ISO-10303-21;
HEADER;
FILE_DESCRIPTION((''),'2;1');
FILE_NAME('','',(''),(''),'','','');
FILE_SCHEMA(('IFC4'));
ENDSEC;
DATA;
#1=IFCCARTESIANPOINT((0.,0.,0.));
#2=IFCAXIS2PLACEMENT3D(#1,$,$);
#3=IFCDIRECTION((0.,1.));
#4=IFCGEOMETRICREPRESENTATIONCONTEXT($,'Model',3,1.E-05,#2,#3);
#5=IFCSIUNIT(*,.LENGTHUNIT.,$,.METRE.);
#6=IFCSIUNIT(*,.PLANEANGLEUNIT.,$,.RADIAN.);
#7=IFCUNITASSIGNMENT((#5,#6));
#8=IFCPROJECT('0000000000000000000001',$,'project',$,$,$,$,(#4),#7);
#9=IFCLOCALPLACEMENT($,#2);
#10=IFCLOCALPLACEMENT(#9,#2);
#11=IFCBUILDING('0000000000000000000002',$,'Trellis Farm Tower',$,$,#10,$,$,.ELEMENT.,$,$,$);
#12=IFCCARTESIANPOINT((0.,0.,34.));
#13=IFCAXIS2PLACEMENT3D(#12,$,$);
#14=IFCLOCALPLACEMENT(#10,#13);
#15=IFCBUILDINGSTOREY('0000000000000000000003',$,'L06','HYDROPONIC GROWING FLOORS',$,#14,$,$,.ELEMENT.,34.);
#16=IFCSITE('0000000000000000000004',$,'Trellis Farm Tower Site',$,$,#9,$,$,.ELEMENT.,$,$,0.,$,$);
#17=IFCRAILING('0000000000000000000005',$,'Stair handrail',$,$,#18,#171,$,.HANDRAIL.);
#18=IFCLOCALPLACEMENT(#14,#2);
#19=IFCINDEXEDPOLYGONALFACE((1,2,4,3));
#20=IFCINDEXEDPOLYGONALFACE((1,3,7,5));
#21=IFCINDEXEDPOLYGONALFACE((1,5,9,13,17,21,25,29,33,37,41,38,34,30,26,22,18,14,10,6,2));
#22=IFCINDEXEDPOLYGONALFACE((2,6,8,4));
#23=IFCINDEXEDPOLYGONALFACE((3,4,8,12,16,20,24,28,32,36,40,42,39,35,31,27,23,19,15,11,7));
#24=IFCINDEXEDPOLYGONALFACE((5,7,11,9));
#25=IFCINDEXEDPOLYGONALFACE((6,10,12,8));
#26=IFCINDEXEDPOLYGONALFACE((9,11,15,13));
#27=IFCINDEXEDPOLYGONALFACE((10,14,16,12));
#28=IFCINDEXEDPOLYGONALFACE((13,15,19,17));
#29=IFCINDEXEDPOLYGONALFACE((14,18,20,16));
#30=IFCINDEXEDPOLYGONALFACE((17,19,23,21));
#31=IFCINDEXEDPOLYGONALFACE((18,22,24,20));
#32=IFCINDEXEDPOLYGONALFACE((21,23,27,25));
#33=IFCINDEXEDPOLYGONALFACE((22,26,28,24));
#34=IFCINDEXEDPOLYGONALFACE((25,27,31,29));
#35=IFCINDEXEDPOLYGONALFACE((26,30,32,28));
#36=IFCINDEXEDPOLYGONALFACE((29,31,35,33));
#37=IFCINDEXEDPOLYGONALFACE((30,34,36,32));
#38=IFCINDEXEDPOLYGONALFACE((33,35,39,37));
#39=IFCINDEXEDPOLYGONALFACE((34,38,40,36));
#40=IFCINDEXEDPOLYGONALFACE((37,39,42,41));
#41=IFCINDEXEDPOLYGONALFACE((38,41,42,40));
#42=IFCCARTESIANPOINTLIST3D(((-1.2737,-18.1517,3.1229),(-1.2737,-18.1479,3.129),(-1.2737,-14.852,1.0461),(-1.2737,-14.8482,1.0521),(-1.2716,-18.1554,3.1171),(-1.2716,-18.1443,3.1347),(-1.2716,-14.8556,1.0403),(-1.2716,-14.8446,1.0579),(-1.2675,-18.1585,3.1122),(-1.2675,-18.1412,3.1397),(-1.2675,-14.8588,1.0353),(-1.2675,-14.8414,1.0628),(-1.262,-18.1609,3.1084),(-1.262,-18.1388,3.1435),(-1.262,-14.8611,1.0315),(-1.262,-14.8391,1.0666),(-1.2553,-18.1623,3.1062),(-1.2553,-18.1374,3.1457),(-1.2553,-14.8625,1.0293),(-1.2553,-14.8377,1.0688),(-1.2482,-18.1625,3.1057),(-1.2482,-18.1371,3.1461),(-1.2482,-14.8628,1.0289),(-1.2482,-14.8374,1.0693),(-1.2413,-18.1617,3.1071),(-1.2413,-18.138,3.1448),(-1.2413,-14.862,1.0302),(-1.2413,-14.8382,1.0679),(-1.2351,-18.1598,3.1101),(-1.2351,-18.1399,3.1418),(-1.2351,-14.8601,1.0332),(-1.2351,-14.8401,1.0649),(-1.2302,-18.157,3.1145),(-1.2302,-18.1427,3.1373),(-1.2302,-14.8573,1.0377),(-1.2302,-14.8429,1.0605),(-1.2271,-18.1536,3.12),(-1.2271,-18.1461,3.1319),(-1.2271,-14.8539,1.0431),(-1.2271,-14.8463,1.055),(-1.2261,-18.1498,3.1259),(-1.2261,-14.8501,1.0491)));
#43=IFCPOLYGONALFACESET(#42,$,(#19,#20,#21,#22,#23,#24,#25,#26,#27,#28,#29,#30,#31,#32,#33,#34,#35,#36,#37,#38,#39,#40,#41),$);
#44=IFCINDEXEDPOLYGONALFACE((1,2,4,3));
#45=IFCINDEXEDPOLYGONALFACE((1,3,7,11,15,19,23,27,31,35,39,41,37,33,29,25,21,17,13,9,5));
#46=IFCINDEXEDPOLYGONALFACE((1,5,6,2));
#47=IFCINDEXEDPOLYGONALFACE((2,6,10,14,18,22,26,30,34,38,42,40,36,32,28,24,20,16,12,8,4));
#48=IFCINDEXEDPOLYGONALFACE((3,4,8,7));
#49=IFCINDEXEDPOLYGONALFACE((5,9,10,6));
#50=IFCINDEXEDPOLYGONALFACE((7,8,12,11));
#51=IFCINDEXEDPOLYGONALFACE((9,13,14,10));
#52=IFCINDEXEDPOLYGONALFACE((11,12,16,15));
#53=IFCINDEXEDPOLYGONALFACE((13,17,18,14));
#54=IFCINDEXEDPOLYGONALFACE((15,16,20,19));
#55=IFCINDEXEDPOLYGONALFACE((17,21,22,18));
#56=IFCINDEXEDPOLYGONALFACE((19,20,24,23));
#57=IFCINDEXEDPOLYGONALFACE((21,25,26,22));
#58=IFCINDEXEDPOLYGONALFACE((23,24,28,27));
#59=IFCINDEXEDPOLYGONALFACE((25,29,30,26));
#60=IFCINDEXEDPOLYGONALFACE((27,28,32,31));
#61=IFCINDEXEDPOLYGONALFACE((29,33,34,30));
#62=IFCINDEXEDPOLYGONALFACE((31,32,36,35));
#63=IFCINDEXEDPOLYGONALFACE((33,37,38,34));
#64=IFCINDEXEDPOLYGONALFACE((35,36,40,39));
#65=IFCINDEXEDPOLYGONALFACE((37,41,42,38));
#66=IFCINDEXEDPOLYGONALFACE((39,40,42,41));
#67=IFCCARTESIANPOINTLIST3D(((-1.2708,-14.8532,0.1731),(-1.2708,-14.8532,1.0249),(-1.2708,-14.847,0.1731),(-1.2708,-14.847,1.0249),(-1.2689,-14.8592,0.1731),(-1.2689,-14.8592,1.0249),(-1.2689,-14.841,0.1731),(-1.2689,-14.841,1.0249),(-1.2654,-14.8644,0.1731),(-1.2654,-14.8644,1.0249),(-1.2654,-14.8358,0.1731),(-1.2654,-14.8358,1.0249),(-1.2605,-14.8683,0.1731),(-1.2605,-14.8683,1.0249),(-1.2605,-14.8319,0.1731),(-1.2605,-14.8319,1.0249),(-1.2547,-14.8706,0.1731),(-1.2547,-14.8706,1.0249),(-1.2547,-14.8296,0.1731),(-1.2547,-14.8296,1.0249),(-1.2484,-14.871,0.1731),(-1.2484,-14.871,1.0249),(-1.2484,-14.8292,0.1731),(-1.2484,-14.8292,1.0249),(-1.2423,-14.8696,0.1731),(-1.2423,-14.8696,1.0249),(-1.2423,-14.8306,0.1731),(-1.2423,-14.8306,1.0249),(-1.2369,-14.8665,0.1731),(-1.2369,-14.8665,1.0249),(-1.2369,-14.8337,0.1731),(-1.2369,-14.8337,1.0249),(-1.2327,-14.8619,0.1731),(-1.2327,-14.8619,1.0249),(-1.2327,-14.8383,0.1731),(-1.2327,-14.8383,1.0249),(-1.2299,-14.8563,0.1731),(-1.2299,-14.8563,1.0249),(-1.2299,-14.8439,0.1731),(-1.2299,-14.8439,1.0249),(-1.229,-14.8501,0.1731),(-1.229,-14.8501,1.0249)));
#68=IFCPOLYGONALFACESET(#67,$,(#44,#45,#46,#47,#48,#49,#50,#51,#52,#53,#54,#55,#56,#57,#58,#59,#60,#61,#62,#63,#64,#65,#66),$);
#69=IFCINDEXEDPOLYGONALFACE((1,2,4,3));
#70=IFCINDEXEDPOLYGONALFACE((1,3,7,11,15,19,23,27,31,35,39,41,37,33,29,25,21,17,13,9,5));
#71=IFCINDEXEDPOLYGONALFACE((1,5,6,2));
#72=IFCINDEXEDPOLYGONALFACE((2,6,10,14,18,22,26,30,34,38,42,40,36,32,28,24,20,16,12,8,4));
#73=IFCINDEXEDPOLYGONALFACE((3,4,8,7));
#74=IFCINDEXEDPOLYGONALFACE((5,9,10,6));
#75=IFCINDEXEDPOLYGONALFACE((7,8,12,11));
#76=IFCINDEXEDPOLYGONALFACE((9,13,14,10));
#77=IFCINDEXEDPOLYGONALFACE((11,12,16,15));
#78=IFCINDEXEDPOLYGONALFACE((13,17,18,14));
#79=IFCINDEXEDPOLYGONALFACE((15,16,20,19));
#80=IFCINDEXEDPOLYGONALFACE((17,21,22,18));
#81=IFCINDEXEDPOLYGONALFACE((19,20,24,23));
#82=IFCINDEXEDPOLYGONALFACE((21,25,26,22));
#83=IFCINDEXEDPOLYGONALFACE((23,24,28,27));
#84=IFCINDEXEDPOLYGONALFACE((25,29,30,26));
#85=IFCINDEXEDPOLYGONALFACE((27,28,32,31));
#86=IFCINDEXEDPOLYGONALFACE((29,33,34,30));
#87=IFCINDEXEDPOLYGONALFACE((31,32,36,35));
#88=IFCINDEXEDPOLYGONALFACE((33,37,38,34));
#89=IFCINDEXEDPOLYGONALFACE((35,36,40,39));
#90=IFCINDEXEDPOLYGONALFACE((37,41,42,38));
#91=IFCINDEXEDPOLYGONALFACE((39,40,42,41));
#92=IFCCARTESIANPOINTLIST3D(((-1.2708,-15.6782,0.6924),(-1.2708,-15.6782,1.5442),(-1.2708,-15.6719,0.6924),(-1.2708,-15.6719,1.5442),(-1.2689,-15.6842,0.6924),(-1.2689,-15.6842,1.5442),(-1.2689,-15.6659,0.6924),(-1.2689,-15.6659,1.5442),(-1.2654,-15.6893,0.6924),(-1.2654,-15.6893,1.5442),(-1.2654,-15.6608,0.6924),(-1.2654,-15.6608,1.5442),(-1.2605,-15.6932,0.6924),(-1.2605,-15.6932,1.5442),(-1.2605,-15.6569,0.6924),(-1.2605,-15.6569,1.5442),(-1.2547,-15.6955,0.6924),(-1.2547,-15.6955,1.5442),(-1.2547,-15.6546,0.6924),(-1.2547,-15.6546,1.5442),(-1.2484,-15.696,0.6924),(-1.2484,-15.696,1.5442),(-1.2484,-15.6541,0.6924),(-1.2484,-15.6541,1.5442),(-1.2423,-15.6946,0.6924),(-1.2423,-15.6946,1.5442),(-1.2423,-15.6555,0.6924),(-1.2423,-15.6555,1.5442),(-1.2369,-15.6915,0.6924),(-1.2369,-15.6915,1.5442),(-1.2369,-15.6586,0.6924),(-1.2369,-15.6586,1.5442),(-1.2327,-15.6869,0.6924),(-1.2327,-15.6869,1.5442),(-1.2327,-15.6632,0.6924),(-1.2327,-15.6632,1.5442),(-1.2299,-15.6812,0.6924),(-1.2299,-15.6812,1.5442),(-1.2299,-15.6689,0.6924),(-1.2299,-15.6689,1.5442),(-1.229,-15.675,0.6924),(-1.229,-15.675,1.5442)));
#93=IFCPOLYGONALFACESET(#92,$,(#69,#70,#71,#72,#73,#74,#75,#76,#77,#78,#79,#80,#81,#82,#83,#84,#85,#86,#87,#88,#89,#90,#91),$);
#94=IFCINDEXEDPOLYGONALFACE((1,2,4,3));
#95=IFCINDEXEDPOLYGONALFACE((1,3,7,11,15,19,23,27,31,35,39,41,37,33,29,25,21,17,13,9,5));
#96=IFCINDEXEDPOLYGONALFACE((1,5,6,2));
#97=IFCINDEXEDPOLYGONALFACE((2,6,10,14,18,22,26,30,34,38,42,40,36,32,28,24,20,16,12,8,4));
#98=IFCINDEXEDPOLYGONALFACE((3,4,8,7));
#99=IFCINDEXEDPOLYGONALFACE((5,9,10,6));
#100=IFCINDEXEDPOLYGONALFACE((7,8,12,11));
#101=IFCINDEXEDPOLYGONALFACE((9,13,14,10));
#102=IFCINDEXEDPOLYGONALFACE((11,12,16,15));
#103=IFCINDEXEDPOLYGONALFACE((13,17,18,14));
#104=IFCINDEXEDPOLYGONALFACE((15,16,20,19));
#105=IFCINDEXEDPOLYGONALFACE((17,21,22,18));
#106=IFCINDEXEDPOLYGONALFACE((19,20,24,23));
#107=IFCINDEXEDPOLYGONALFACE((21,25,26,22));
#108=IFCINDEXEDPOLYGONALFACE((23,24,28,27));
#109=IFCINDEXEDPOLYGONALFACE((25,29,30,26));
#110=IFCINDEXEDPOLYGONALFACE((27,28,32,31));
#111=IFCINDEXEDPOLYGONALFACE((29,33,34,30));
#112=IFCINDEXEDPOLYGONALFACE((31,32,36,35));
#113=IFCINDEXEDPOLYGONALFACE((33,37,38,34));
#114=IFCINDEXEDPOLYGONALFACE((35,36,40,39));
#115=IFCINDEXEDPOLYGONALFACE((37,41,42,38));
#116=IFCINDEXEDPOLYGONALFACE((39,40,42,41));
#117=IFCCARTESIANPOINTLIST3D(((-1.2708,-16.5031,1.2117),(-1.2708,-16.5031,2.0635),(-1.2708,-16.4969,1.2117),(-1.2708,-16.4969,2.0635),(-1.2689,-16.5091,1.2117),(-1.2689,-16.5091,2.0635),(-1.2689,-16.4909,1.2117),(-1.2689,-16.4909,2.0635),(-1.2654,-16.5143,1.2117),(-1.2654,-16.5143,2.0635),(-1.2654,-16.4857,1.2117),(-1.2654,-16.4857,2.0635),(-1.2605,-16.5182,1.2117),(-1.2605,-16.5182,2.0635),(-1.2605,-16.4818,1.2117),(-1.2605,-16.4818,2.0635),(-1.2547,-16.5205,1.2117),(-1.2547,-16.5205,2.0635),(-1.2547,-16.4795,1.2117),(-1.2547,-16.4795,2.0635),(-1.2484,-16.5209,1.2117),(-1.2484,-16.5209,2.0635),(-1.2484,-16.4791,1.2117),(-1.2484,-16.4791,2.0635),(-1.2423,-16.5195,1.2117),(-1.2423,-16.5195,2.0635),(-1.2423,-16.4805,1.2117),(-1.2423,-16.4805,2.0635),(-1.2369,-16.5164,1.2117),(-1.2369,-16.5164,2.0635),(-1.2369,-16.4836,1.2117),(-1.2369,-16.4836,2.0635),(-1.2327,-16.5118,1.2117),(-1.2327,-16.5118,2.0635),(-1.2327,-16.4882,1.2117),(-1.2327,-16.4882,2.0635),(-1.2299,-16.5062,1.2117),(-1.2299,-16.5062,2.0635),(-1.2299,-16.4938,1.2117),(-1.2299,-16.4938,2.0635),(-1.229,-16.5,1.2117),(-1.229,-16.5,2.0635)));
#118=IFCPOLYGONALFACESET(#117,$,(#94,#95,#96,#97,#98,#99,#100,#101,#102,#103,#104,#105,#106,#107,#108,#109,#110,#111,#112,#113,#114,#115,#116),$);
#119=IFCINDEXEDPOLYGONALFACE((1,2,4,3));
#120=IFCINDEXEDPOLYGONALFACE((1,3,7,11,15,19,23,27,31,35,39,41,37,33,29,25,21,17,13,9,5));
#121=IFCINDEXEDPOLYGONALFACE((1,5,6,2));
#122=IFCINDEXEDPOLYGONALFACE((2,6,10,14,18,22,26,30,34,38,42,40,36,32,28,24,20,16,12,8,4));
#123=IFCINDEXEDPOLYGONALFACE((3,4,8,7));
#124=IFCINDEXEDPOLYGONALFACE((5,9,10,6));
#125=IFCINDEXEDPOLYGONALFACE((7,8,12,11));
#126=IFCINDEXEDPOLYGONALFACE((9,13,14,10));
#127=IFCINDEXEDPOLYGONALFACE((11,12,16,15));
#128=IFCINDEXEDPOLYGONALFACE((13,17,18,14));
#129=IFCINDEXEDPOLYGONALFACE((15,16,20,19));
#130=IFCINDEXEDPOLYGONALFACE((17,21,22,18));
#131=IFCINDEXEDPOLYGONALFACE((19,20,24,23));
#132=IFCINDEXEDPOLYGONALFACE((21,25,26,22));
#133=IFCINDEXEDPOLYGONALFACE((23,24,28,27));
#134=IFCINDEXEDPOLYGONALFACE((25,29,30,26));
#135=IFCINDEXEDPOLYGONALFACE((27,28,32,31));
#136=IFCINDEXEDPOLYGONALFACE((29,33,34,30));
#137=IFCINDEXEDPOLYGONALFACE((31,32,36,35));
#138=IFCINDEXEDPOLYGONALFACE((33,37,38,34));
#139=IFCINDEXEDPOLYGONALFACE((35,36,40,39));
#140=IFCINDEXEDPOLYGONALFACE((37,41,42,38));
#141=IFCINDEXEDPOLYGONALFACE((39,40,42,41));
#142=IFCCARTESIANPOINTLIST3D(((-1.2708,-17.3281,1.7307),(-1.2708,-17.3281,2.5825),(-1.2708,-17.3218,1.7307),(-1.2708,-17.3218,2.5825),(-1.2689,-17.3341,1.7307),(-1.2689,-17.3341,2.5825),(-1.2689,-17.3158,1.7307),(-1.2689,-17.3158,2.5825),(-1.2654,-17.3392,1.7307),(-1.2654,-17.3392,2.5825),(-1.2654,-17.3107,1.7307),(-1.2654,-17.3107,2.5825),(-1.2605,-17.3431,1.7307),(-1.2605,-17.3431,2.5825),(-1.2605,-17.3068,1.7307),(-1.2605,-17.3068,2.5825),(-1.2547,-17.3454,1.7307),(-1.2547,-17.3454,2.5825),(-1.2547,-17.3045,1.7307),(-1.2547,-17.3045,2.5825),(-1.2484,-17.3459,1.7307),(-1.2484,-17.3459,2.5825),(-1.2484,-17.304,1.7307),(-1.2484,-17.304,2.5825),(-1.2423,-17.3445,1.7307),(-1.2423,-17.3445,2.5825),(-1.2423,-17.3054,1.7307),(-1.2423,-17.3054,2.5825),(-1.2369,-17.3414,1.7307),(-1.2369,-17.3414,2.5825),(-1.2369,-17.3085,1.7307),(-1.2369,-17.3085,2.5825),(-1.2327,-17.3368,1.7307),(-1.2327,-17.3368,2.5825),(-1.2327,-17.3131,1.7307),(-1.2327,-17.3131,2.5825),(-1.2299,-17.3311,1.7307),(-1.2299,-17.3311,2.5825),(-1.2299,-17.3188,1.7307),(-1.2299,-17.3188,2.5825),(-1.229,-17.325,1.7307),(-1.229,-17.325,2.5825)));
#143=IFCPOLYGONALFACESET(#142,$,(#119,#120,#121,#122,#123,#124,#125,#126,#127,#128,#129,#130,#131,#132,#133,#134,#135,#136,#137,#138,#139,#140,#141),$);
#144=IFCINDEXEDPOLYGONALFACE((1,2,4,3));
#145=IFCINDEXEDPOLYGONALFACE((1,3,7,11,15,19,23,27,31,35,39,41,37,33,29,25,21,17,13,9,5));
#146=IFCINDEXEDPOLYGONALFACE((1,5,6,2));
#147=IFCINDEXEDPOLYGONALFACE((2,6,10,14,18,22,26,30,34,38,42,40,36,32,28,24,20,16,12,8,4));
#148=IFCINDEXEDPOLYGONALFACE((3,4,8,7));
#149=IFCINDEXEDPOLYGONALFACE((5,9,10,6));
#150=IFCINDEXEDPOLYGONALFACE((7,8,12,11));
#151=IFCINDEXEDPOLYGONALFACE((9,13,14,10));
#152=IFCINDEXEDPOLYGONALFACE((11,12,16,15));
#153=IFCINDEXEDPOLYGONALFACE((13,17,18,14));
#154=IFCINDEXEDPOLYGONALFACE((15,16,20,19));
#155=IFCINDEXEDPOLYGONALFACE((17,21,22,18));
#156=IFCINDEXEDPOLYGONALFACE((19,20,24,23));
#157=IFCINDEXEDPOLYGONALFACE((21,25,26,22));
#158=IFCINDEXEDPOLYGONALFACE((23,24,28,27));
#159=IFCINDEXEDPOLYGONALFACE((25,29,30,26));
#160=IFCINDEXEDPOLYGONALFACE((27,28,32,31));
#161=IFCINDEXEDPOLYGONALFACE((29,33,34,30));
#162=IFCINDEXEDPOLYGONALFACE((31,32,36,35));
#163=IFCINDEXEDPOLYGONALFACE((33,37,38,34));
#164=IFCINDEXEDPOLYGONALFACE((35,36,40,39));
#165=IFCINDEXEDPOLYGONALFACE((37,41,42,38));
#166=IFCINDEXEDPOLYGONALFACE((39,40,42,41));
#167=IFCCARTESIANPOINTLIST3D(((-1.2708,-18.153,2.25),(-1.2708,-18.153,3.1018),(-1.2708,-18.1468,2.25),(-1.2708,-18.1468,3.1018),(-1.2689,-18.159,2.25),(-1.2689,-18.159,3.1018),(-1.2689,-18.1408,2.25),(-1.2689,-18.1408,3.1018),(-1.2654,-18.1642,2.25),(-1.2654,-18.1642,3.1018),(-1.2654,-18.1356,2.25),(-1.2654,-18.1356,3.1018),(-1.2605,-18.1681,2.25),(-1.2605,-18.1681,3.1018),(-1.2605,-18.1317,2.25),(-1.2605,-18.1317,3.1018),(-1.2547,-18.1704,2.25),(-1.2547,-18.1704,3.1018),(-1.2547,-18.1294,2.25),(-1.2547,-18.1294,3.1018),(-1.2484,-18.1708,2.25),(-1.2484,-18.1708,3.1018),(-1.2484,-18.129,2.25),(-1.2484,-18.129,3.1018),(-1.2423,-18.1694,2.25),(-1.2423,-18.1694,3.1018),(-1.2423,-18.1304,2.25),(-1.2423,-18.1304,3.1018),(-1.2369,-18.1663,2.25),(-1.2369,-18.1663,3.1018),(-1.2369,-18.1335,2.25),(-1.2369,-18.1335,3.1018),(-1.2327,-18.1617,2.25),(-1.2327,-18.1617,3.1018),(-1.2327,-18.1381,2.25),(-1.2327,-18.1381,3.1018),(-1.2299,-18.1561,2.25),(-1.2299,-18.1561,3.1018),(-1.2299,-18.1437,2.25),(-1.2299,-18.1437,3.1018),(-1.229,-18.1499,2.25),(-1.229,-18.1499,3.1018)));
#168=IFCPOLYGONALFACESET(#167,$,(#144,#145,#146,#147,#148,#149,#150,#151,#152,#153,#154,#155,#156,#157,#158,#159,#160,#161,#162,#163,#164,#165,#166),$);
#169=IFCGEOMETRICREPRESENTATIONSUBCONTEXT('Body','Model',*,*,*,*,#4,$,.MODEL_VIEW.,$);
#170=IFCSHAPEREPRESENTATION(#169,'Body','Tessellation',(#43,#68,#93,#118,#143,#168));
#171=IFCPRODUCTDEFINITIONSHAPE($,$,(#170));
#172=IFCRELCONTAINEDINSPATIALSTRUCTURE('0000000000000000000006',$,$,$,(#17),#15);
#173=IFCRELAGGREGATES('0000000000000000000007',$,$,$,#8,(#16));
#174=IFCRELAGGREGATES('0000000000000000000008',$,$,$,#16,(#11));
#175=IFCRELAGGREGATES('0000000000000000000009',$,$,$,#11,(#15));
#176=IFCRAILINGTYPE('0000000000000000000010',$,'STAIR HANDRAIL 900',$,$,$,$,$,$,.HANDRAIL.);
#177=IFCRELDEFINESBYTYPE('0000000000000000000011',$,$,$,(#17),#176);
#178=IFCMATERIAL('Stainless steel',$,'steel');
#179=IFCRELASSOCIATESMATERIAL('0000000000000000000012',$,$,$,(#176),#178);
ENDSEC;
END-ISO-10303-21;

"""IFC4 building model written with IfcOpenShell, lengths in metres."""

from ifc_helpers import new_model, si_unit, direction, frame, origin, origin_2d, place, context, subcontext, project, spatial, circle, extrude, source, transform, mapped, material, type_object, element, save


model = new_model("IFC4")

# Units and contexts
model_context = context("Model", 3, precision=1e-05, world=origin(), true_north=direction((0.0, 1.0)))
body_context = subcontext(model_context, "Body", "Model", "MODEL_VIEW")
ifc_project = project(units=[si_unit("LENGTHUNIT", "METRE"), si_unit("PLANEANGLEUNIT", "RADIAN")], contexts=[model_context])

# Site, building, storey
site_placement = place(None, origin())
site = spatial("IfcSite", under=ifc_project, at=site_placement, Name="Trellis Farm Tower Site", CompositionType="ELEMENT", RefElevation=0.0)
building_placement = place(site_placement, origin())
building = spatial("IfcBuilding", under=site, at=building_placement, Name="Trellis Farm Tower", CompositionType="ELEMENT")
storey_placement = place(building_placement, frame((0.0, 0.0, 34.0)))
storey = spatial("IfcBuildingStorey", under=building, at=storey_placement, Name="L06", Description="HYDROPONIC GROWING FLOORS", CompositionType="ELEMENT", Elevation=34.0)

# Railing
ifc_material_1 = material(Name="Stainless steel", Category="steel")
railing_type_1 = type_object("IfcRailingType", Name="STAIR HANDRAIL 900", PredefinedType="HANDRAIL", material=ifc_material_1)
shared_shape_1 = source(origin(), body_context, "Body", "SweptSolid", [
    extrude(circle(Radius=0.0239, at=origin_2d()), frame((0.0, 0.0, 0.876), z_axis=(0.0, -0.84632, 0.532675), x_axis=(1.0, 0.0, 0.0)), (0.0, 0.0, 1.0), 3.8989),
    extrude(circle(Radius=0.021, at=origin_2d()), origin(), (0.0, 0.0, 1.0), 0.8518),
    extrude(circle(Radius=0.021, at=origin_2d()), frame((0.0, -0.825, 0.5193)), (0.0, 0.0, 1.0), 0.8518),
    extrude(circle(Radius=0.021, at=origin_2d()), frame((0.0, -1.6499, 1.0386)), (0.0, 0.0, 1.0), 0.8518),
    extrude(circle(Radius=0.021, at=origin_2d()), frame((0.0, -2.4749, 1.5576)), (0.0, 0.0, 1.0), 0.8518),
    extrude(circle(Radius=0.021, at=origin_2d()), frame((0.0, -3.2998, 2.0769)), (0.0, 0.0, 1.0), 0.8518),
])
railing_1_placement = place(storey_placement, frame((-1.25, -14.8501, 0.1731)))
element("IfcRailing", 1, at=railing_1_placement, inside=storey, type_object=railing_type_1, Name="Stair handrail", PredefinedType="HANDRAIL", context=body_context, shape_type="MappedRepresentation", body=[
    mapped(shared_shape_1, transform((0.0, 0.0, 0.0))),
])

save(model, "model.ifc")
